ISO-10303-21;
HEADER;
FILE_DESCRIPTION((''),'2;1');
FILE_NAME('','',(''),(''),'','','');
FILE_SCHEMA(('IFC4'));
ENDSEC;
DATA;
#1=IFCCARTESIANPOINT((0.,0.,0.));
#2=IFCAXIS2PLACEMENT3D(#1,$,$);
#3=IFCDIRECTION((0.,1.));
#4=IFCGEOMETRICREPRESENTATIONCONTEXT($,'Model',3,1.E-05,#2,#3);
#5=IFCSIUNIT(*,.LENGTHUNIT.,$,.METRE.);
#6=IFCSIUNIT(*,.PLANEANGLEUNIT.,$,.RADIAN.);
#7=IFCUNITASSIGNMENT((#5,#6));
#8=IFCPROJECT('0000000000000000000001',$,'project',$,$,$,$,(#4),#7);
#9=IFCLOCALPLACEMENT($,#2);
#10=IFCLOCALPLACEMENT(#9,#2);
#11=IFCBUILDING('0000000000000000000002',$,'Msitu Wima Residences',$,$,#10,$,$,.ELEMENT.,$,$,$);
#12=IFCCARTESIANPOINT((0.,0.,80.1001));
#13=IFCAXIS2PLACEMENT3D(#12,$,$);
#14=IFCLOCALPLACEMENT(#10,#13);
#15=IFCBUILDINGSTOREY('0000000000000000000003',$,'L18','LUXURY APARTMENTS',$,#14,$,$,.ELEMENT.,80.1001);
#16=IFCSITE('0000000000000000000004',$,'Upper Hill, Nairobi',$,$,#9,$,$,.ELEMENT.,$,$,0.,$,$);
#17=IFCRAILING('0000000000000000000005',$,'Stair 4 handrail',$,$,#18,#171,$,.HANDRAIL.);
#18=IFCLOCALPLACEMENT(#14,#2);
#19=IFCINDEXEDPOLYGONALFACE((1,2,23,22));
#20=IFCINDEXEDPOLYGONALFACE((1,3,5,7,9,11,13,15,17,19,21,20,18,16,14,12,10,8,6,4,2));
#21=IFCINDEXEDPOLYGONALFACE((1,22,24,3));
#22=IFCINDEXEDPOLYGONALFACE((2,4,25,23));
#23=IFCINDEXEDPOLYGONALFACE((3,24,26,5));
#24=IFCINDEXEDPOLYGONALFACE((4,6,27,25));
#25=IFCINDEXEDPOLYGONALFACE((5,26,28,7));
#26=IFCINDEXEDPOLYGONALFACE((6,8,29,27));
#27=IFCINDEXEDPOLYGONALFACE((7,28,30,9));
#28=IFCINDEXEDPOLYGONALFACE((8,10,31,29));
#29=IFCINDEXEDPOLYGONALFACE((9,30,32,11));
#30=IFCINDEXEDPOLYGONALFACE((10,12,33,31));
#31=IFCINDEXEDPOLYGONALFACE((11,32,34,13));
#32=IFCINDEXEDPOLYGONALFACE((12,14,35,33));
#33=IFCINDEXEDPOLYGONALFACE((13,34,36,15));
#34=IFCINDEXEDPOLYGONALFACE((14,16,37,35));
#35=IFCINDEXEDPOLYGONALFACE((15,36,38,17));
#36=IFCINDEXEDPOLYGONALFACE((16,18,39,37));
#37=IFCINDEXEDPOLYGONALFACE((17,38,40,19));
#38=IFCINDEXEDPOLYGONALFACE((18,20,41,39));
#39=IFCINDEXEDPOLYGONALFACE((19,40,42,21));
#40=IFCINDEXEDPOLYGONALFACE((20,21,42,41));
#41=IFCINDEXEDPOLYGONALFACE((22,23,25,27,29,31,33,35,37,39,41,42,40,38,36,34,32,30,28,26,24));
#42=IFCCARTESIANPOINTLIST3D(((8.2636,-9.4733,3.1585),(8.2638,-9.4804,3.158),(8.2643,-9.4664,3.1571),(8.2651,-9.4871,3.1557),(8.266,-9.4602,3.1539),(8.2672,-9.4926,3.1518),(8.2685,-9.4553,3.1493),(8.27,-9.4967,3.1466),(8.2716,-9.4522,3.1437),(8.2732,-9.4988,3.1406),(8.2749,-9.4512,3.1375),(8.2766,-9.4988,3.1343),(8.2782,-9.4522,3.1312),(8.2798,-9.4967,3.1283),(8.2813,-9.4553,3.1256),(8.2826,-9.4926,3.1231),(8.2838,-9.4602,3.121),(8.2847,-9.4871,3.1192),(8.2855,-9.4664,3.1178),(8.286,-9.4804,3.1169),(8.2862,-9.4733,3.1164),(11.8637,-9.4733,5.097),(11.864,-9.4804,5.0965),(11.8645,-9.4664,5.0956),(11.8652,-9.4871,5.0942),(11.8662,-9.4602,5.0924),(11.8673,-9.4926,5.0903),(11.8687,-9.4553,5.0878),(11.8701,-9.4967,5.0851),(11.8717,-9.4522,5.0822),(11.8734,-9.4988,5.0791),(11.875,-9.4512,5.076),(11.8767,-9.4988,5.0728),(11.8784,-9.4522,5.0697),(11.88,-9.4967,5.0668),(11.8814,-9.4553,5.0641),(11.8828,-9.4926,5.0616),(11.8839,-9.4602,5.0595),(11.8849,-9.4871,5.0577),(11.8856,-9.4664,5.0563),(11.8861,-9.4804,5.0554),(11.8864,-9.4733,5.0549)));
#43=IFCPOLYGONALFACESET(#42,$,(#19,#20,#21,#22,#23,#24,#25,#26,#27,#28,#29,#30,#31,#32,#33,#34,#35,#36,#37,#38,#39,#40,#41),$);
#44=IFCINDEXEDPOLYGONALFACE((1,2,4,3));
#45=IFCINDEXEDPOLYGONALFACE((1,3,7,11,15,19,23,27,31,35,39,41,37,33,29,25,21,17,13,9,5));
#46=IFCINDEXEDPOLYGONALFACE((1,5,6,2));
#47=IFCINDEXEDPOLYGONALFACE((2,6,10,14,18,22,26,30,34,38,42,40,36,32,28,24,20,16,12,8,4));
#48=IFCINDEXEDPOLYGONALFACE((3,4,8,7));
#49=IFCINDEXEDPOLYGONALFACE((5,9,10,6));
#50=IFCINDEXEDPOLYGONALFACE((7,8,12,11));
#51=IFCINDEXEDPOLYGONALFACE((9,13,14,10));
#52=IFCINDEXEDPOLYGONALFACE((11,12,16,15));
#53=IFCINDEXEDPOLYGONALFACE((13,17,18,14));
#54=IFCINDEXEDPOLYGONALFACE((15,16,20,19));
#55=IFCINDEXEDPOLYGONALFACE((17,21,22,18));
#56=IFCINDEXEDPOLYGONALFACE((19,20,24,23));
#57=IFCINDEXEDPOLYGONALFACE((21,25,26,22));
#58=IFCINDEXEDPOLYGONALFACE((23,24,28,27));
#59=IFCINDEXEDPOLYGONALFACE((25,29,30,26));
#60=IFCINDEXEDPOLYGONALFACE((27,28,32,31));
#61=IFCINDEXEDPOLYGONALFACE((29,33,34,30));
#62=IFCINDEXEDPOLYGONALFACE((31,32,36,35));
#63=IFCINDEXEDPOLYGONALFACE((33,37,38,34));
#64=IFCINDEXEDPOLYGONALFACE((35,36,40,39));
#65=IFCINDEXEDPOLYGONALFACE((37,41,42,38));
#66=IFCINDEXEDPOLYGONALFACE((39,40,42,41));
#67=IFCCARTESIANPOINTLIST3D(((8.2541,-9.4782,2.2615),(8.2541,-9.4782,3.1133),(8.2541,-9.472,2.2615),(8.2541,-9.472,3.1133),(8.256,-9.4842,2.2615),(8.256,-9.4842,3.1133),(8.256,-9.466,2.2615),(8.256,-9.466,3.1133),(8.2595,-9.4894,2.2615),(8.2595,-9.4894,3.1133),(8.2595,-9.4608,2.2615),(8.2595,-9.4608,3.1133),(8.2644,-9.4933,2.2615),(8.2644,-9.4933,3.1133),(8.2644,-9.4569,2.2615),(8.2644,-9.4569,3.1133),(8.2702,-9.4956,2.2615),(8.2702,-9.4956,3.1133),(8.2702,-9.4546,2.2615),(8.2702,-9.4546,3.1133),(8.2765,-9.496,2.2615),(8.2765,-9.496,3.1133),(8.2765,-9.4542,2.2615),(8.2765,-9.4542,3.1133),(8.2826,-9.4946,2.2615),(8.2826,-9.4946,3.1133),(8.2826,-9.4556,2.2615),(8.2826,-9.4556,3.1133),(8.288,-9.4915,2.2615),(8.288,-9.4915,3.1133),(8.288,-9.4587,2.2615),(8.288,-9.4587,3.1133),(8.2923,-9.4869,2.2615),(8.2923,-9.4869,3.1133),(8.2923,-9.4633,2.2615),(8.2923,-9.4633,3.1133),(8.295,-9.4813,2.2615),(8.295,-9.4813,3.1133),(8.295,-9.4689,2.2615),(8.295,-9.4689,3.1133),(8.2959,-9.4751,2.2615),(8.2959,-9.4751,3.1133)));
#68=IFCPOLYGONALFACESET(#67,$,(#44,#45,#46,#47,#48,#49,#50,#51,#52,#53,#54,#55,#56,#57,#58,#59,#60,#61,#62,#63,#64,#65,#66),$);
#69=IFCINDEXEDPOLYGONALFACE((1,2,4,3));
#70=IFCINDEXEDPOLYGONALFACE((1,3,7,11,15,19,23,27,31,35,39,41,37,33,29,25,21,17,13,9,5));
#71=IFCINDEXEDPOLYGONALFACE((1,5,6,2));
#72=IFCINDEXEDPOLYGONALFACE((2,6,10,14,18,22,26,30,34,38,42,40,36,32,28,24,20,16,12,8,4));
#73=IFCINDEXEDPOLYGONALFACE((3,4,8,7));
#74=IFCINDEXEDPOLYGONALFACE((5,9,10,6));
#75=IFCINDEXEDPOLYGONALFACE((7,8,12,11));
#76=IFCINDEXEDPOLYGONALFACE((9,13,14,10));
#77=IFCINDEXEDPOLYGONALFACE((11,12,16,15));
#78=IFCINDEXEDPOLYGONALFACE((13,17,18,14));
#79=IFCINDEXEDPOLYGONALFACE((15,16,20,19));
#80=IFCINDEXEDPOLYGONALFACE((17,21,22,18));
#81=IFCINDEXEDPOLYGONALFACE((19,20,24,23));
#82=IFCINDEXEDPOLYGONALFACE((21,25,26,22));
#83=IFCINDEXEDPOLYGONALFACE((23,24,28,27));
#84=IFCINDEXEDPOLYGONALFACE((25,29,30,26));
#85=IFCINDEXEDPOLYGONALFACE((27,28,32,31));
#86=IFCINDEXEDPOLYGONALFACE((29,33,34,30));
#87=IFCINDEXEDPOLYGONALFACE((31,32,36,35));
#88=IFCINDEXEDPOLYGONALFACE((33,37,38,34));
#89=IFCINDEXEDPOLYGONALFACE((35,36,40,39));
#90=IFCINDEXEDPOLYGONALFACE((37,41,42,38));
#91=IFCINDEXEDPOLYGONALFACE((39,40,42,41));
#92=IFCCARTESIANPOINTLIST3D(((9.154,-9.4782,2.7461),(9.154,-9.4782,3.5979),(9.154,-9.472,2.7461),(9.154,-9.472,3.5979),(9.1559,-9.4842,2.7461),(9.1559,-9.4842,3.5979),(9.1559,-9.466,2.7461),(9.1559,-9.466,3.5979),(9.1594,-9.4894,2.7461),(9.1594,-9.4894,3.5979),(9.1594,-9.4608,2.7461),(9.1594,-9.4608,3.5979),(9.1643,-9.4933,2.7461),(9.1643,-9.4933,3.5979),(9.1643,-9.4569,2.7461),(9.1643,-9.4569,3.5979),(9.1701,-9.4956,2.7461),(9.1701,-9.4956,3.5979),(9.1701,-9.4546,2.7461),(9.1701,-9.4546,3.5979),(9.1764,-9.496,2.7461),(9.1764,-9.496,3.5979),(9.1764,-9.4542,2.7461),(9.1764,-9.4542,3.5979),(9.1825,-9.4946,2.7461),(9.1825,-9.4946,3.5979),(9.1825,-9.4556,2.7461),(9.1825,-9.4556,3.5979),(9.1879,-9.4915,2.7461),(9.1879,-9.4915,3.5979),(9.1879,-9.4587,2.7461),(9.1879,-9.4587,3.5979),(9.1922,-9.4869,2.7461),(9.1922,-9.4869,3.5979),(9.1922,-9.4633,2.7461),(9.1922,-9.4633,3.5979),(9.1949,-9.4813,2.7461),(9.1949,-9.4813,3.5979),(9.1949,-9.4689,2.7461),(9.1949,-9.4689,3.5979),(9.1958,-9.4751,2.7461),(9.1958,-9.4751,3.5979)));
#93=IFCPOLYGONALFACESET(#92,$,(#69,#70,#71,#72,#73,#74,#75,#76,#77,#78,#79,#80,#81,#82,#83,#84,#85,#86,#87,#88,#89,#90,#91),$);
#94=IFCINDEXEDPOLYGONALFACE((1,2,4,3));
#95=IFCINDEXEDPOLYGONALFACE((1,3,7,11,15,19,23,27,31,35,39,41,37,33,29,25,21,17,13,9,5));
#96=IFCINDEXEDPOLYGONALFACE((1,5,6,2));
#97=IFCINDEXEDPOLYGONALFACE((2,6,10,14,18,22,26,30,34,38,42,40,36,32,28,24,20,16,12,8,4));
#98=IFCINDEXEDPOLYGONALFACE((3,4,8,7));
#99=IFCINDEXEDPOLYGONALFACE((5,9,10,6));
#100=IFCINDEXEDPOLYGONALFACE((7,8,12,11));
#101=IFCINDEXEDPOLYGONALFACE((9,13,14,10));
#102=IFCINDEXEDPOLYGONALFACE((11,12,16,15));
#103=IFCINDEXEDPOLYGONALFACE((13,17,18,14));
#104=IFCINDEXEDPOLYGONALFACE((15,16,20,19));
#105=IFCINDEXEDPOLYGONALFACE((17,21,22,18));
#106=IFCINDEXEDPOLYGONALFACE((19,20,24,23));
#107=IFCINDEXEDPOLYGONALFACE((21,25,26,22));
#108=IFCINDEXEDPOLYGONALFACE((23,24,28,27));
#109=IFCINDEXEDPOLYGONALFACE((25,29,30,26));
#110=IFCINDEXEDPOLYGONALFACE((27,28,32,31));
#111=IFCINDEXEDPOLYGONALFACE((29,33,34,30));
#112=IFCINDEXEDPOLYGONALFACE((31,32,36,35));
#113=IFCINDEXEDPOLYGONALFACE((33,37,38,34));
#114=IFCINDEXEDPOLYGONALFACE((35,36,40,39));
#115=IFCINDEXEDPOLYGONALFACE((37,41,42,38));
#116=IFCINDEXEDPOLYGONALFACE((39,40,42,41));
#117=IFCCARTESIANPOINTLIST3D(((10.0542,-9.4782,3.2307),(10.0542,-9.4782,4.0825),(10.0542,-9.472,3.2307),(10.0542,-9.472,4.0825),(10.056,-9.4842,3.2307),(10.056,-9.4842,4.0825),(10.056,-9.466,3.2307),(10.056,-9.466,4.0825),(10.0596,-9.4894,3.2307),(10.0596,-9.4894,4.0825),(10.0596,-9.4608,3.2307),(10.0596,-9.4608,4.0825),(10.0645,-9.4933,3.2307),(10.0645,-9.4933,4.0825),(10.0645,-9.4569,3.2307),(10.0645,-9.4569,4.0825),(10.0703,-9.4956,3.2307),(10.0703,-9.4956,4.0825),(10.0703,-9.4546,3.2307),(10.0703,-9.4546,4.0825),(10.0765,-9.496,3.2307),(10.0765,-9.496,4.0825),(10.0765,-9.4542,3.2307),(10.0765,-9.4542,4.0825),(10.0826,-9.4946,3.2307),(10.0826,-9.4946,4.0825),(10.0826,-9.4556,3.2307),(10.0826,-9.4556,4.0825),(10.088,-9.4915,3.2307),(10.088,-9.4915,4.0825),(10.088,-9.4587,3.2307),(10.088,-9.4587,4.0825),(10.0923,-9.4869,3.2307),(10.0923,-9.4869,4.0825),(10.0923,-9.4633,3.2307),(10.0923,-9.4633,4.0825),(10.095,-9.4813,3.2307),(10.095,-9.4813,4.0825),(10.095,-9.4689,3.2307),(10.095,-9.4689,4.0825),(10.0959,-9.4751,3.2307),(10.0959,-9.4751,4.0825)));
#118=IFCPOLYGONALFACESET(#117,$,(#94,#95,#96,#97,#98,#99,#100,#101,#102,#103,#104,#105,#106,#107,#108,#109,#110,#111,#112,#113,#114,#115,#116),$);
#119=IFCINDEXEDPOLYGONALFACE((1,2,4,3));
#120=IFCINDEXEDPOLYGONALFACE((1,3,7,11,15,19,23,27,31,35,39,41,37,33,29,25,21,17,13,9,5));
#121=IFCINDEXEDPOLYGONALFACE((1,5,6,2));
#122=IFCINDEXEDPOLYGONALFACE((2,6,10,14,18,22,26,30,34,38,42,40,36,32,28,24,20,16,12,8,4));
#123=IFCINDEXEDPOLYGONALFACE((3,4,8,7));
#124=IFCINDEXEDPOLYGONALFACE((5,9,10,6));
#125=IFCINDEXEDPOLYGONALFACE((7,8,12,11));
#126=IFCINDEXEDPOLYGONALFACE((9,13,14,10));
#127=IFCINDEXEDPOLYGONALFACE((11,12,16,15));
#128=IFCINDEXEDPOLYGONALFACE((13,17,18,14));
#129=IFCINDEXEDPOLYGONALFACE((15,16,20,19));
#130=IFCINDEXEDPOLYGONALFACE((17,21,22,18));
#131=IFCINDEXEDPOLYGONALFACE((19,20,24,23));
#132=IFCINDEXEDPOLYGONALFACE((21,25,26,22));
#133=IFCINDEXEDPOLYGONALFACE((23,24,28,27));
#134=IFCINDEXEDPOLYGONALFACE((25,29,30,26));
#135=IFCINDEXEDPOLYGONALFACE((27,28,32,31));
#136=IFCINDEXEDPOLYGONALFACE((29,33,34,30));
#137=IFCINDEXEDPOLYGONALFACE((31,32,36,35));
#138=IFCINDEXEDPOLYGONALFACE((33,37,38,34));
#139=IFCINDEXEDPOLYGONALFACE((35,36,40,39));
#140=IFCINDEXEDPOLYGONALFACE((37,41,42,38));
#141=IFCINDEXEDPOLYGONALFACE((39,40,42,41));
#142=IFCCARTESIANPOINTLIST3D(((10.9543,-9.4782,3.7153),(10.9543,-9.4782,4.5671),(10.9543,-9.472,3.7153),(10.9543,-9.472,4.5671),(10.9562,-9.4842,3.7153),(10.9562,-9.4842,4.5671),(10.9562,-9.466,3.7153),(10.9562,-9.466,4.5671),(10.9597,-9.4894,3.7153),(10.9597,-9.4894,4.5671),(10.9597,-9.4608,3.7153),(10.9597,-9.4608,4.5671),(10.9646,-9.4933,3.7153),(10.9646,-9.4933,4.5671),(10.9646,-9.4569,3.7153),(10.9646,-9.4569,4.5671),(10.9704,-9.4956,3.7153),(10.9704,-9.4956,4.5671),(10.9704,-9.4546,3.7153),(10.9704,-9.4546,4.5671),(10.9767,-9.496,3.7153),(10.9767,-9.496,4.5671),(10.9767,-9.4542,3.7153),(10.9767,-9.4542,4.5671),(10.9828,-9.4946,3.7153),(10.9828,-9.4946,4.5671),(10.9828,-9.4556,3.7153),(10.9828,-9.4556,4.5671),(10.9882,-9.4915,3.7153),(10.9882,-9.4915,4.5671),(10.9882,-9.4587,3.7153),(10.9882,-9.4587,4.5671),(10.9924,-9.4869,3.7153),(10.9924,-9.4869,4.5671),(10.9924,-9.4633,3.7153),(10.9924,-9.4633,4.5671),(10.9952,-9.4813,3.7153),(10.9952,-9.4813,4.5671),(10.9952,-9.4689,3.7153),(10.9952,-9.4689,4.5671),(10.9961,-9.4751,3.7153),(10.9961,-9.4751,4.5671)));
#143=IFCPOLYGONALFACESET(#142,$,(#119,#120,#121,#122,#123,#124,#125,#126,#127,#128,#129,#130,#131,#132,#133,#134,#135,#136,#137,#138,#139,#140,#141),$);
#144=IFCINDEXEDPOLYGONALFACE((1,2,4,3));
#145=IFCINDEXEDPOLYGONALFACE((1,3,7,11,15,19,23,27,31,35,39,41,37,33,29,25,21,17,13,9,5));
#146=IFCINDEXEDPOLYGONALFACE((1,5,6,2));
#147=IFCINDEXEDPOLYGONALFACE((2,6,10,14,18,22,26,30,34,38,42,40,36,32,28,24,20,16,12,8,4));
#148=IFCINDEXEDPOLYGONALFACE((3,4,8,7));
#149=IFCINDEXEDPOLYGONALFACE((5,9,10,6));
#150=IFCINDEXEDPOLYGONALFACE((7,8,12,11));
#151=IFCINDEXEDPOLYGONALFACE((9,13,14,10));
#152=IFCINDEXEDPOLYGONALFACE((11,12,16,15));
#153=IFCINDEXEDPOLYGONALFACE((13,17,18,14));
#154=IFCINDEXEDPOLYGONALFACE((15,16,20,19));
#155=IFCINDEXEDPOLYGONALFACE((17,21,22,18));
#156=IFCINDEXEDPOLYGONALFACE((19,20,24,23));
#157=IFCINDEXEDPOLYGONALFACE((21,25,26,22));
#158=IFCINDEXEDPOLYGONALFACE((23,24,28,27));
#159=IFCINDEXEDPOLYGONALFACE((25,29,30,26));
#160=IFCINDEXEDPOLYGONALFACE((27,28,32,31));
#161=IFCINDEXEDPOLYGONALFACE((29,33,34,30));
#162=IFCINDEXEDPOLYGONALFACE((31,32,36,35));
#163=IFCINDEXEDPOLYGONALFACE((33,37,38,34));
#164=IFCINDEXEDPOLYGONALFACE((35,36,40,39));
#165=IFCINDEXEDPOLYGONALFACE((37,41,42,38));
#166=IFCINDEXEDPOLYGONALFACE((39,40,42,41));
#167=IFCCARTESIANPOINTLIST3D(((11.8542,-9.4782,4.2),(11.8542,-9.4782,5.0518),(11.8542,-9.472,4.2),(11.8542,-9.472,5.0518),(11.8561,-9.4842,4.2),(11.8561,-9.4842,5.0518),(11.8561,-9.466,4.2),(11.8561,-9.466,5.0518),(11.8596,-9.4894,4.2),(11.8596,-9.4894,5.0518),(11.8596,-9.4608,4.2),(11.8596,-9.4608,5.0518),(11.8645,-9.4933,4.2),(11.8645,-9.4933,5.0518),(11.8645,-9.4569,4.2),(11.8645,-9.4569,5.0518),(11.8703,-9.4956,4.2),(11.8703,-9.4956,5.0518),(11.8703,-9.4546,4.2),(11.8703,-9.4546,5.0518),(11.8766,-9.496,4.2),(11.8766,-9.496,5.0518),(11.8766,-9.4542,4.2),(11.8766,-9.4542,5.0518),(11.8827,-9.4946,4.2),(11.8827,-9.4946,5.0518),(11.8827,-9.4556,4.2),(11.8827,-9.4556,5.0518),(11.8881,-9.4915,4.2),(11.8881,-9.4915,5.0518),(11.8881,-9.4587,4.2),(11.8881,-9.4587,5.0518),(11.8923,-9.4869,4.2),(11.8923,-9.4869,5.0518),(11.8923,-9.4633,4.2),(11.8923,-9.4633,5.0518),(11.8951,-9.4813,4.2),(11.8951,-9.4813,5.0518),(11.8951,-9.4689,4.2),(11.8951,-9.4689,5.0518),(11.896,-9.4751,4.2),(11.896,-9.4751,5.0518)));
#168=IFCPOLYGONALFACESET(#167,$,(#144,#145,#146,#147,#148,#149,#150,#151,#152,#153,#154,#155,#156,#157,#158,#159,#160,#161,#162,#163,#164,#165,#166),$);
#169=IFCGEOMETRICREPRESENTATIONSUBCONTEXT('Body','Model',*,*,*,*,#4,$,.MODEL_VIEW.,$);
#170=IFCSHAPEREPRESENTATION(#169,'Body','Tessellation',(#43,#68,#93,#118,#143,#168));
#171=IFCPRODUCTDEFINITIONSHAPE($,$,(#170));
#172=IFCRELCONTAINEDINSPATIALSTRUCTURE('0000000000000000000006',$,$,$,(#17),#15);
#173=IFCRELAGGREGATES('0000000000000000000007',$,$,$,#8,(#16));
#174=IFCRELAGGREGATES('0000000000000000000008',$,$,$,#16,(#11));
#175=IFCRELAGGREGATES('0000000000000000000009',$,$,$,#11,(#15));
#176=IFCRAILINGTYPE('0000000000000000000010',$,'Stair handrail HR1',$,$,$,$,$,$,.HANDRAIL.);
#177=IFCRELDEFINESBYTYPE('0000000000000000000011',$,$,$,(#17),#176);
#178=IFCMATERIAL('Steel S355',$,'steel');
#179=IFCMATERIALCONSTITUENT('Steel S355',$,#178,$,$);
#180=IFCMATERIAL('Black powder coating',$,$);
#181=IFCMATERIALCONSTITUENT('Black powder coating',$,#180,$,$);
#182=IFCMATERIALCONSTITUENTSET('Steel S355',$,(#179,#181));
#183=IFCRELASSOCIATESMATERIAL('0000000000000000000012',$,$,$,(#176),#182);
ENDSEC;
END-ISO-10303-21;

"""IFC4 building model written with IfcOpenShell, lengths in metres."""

from ifc_helpers import new_model, si_unit, direction, frame, origin, origin_2d, place, context, subcontext, project, spatial, circle, extrude, material, constituent, constituent_set, type_object, element, save


model = new_model("IFC4")

# Units and contexts
model_context = context("Model", 3, precision=1e-05, world=origin(), true_north=direction((0.0, 1.0)))
body_context = subcontext(model_context, "Body", "Model", "MODEL_VIEW")
ifc_project = project(units=[si_unit("LENGTHUNIT", "METRE"), si_unit("PLANEANGLEUNIT", "RADIAN")], contexts=[model_context])

# Site, building, storey
site_placement = place(None, origin())
site = spatial("IfcSite", under=ifc_project, at=site_placement, Name="Upper Hill, Nairobi", CompositionType="ELEMENT", RefElevation=0.0)
building_placement = place(site_placement, origin())
building = spatial("IfcBuilding", under=site, at=building_placement, Name="Msitu Wima Residences", CompositionType="ELEMENT")
storey_placement = place(building_placement, frame((0.0, 0.0, 80.1001)))
storey = spatial("IfcBuildingStorey", under=building, at=storey_placement, Name="L18", Description="LUXURY APARTMENTS", CompositionType="ELEMENT", Elevation=80.1001)

# Railing
ifc_material_1 = material(Name="Steel S355", Category="steel")
ifc_constituent_1 = constituent(ifc_material_1, Name="Steel S355")
ifc_material_2 = material(Name="Black powder coating")
ifc_constituent_2 = constituent(ifc_material_2, Name="Black powder coating")
ifc_constituent_set = constituent_set(constituents=[ifc_constituent_1, ifc_constituent_2], Name="Steel S355")
railing_type = type_object("IfcRailingType", Name="Stair handrail HR1", PredefinedType="HANDRAIL", material=ifc_constituent_set)
for number, where, name in (
    (1, (8.2749, -9.4751, 2.2615), "Stair 4 handrail"),
):
    element("IfcRailing", number, at=place(storey_placement, frame(where)), inside=storey, type_object=railing_type, Name=name, PredefinedType="HANDRAIL", context=body_context, shape_type="SweptSolid", body=[
        extrude(circle(Radius=0.0239, at=origin_2d()), frame((0.0, 0.0, 0.876), z_axis=(0.880475, 0.0, 0.474093), x_axis=(0.0, 1.0, 0.0)), (0.0, 0.0, 1.0), 4.0889),
        extrude(circle(Radius=0.021, at=origin_2d()), origin(), (0.0, 0.0, 1.0), 0.8518),
        extrude(circle(Radius=0.021, at=origin_2d()), frame((0.8999, 0.0, 0.4846)), (0.0, 0.0, 1.0), 0.8518),
        extrude(circle(Radius=0.021, at=origin_2d()), frame((1.8, 0.0, 0.9692)), (0.0, 0.0, 1.0), 0.8518),
        extrude(circle(Radius=0.021, at=origin_2d()), frame((2.7002, 0.0, 1.4539)), (0.0, 0.0, 1.0), 0.8518),
        extrude(circle(Radius=0.021, at=origin_2d()), frame((3.6001, 0.0, 1.9385)), (0.0, 0.0, 1.0), 0.8518),
    ])

save(model, "model.ifc")
